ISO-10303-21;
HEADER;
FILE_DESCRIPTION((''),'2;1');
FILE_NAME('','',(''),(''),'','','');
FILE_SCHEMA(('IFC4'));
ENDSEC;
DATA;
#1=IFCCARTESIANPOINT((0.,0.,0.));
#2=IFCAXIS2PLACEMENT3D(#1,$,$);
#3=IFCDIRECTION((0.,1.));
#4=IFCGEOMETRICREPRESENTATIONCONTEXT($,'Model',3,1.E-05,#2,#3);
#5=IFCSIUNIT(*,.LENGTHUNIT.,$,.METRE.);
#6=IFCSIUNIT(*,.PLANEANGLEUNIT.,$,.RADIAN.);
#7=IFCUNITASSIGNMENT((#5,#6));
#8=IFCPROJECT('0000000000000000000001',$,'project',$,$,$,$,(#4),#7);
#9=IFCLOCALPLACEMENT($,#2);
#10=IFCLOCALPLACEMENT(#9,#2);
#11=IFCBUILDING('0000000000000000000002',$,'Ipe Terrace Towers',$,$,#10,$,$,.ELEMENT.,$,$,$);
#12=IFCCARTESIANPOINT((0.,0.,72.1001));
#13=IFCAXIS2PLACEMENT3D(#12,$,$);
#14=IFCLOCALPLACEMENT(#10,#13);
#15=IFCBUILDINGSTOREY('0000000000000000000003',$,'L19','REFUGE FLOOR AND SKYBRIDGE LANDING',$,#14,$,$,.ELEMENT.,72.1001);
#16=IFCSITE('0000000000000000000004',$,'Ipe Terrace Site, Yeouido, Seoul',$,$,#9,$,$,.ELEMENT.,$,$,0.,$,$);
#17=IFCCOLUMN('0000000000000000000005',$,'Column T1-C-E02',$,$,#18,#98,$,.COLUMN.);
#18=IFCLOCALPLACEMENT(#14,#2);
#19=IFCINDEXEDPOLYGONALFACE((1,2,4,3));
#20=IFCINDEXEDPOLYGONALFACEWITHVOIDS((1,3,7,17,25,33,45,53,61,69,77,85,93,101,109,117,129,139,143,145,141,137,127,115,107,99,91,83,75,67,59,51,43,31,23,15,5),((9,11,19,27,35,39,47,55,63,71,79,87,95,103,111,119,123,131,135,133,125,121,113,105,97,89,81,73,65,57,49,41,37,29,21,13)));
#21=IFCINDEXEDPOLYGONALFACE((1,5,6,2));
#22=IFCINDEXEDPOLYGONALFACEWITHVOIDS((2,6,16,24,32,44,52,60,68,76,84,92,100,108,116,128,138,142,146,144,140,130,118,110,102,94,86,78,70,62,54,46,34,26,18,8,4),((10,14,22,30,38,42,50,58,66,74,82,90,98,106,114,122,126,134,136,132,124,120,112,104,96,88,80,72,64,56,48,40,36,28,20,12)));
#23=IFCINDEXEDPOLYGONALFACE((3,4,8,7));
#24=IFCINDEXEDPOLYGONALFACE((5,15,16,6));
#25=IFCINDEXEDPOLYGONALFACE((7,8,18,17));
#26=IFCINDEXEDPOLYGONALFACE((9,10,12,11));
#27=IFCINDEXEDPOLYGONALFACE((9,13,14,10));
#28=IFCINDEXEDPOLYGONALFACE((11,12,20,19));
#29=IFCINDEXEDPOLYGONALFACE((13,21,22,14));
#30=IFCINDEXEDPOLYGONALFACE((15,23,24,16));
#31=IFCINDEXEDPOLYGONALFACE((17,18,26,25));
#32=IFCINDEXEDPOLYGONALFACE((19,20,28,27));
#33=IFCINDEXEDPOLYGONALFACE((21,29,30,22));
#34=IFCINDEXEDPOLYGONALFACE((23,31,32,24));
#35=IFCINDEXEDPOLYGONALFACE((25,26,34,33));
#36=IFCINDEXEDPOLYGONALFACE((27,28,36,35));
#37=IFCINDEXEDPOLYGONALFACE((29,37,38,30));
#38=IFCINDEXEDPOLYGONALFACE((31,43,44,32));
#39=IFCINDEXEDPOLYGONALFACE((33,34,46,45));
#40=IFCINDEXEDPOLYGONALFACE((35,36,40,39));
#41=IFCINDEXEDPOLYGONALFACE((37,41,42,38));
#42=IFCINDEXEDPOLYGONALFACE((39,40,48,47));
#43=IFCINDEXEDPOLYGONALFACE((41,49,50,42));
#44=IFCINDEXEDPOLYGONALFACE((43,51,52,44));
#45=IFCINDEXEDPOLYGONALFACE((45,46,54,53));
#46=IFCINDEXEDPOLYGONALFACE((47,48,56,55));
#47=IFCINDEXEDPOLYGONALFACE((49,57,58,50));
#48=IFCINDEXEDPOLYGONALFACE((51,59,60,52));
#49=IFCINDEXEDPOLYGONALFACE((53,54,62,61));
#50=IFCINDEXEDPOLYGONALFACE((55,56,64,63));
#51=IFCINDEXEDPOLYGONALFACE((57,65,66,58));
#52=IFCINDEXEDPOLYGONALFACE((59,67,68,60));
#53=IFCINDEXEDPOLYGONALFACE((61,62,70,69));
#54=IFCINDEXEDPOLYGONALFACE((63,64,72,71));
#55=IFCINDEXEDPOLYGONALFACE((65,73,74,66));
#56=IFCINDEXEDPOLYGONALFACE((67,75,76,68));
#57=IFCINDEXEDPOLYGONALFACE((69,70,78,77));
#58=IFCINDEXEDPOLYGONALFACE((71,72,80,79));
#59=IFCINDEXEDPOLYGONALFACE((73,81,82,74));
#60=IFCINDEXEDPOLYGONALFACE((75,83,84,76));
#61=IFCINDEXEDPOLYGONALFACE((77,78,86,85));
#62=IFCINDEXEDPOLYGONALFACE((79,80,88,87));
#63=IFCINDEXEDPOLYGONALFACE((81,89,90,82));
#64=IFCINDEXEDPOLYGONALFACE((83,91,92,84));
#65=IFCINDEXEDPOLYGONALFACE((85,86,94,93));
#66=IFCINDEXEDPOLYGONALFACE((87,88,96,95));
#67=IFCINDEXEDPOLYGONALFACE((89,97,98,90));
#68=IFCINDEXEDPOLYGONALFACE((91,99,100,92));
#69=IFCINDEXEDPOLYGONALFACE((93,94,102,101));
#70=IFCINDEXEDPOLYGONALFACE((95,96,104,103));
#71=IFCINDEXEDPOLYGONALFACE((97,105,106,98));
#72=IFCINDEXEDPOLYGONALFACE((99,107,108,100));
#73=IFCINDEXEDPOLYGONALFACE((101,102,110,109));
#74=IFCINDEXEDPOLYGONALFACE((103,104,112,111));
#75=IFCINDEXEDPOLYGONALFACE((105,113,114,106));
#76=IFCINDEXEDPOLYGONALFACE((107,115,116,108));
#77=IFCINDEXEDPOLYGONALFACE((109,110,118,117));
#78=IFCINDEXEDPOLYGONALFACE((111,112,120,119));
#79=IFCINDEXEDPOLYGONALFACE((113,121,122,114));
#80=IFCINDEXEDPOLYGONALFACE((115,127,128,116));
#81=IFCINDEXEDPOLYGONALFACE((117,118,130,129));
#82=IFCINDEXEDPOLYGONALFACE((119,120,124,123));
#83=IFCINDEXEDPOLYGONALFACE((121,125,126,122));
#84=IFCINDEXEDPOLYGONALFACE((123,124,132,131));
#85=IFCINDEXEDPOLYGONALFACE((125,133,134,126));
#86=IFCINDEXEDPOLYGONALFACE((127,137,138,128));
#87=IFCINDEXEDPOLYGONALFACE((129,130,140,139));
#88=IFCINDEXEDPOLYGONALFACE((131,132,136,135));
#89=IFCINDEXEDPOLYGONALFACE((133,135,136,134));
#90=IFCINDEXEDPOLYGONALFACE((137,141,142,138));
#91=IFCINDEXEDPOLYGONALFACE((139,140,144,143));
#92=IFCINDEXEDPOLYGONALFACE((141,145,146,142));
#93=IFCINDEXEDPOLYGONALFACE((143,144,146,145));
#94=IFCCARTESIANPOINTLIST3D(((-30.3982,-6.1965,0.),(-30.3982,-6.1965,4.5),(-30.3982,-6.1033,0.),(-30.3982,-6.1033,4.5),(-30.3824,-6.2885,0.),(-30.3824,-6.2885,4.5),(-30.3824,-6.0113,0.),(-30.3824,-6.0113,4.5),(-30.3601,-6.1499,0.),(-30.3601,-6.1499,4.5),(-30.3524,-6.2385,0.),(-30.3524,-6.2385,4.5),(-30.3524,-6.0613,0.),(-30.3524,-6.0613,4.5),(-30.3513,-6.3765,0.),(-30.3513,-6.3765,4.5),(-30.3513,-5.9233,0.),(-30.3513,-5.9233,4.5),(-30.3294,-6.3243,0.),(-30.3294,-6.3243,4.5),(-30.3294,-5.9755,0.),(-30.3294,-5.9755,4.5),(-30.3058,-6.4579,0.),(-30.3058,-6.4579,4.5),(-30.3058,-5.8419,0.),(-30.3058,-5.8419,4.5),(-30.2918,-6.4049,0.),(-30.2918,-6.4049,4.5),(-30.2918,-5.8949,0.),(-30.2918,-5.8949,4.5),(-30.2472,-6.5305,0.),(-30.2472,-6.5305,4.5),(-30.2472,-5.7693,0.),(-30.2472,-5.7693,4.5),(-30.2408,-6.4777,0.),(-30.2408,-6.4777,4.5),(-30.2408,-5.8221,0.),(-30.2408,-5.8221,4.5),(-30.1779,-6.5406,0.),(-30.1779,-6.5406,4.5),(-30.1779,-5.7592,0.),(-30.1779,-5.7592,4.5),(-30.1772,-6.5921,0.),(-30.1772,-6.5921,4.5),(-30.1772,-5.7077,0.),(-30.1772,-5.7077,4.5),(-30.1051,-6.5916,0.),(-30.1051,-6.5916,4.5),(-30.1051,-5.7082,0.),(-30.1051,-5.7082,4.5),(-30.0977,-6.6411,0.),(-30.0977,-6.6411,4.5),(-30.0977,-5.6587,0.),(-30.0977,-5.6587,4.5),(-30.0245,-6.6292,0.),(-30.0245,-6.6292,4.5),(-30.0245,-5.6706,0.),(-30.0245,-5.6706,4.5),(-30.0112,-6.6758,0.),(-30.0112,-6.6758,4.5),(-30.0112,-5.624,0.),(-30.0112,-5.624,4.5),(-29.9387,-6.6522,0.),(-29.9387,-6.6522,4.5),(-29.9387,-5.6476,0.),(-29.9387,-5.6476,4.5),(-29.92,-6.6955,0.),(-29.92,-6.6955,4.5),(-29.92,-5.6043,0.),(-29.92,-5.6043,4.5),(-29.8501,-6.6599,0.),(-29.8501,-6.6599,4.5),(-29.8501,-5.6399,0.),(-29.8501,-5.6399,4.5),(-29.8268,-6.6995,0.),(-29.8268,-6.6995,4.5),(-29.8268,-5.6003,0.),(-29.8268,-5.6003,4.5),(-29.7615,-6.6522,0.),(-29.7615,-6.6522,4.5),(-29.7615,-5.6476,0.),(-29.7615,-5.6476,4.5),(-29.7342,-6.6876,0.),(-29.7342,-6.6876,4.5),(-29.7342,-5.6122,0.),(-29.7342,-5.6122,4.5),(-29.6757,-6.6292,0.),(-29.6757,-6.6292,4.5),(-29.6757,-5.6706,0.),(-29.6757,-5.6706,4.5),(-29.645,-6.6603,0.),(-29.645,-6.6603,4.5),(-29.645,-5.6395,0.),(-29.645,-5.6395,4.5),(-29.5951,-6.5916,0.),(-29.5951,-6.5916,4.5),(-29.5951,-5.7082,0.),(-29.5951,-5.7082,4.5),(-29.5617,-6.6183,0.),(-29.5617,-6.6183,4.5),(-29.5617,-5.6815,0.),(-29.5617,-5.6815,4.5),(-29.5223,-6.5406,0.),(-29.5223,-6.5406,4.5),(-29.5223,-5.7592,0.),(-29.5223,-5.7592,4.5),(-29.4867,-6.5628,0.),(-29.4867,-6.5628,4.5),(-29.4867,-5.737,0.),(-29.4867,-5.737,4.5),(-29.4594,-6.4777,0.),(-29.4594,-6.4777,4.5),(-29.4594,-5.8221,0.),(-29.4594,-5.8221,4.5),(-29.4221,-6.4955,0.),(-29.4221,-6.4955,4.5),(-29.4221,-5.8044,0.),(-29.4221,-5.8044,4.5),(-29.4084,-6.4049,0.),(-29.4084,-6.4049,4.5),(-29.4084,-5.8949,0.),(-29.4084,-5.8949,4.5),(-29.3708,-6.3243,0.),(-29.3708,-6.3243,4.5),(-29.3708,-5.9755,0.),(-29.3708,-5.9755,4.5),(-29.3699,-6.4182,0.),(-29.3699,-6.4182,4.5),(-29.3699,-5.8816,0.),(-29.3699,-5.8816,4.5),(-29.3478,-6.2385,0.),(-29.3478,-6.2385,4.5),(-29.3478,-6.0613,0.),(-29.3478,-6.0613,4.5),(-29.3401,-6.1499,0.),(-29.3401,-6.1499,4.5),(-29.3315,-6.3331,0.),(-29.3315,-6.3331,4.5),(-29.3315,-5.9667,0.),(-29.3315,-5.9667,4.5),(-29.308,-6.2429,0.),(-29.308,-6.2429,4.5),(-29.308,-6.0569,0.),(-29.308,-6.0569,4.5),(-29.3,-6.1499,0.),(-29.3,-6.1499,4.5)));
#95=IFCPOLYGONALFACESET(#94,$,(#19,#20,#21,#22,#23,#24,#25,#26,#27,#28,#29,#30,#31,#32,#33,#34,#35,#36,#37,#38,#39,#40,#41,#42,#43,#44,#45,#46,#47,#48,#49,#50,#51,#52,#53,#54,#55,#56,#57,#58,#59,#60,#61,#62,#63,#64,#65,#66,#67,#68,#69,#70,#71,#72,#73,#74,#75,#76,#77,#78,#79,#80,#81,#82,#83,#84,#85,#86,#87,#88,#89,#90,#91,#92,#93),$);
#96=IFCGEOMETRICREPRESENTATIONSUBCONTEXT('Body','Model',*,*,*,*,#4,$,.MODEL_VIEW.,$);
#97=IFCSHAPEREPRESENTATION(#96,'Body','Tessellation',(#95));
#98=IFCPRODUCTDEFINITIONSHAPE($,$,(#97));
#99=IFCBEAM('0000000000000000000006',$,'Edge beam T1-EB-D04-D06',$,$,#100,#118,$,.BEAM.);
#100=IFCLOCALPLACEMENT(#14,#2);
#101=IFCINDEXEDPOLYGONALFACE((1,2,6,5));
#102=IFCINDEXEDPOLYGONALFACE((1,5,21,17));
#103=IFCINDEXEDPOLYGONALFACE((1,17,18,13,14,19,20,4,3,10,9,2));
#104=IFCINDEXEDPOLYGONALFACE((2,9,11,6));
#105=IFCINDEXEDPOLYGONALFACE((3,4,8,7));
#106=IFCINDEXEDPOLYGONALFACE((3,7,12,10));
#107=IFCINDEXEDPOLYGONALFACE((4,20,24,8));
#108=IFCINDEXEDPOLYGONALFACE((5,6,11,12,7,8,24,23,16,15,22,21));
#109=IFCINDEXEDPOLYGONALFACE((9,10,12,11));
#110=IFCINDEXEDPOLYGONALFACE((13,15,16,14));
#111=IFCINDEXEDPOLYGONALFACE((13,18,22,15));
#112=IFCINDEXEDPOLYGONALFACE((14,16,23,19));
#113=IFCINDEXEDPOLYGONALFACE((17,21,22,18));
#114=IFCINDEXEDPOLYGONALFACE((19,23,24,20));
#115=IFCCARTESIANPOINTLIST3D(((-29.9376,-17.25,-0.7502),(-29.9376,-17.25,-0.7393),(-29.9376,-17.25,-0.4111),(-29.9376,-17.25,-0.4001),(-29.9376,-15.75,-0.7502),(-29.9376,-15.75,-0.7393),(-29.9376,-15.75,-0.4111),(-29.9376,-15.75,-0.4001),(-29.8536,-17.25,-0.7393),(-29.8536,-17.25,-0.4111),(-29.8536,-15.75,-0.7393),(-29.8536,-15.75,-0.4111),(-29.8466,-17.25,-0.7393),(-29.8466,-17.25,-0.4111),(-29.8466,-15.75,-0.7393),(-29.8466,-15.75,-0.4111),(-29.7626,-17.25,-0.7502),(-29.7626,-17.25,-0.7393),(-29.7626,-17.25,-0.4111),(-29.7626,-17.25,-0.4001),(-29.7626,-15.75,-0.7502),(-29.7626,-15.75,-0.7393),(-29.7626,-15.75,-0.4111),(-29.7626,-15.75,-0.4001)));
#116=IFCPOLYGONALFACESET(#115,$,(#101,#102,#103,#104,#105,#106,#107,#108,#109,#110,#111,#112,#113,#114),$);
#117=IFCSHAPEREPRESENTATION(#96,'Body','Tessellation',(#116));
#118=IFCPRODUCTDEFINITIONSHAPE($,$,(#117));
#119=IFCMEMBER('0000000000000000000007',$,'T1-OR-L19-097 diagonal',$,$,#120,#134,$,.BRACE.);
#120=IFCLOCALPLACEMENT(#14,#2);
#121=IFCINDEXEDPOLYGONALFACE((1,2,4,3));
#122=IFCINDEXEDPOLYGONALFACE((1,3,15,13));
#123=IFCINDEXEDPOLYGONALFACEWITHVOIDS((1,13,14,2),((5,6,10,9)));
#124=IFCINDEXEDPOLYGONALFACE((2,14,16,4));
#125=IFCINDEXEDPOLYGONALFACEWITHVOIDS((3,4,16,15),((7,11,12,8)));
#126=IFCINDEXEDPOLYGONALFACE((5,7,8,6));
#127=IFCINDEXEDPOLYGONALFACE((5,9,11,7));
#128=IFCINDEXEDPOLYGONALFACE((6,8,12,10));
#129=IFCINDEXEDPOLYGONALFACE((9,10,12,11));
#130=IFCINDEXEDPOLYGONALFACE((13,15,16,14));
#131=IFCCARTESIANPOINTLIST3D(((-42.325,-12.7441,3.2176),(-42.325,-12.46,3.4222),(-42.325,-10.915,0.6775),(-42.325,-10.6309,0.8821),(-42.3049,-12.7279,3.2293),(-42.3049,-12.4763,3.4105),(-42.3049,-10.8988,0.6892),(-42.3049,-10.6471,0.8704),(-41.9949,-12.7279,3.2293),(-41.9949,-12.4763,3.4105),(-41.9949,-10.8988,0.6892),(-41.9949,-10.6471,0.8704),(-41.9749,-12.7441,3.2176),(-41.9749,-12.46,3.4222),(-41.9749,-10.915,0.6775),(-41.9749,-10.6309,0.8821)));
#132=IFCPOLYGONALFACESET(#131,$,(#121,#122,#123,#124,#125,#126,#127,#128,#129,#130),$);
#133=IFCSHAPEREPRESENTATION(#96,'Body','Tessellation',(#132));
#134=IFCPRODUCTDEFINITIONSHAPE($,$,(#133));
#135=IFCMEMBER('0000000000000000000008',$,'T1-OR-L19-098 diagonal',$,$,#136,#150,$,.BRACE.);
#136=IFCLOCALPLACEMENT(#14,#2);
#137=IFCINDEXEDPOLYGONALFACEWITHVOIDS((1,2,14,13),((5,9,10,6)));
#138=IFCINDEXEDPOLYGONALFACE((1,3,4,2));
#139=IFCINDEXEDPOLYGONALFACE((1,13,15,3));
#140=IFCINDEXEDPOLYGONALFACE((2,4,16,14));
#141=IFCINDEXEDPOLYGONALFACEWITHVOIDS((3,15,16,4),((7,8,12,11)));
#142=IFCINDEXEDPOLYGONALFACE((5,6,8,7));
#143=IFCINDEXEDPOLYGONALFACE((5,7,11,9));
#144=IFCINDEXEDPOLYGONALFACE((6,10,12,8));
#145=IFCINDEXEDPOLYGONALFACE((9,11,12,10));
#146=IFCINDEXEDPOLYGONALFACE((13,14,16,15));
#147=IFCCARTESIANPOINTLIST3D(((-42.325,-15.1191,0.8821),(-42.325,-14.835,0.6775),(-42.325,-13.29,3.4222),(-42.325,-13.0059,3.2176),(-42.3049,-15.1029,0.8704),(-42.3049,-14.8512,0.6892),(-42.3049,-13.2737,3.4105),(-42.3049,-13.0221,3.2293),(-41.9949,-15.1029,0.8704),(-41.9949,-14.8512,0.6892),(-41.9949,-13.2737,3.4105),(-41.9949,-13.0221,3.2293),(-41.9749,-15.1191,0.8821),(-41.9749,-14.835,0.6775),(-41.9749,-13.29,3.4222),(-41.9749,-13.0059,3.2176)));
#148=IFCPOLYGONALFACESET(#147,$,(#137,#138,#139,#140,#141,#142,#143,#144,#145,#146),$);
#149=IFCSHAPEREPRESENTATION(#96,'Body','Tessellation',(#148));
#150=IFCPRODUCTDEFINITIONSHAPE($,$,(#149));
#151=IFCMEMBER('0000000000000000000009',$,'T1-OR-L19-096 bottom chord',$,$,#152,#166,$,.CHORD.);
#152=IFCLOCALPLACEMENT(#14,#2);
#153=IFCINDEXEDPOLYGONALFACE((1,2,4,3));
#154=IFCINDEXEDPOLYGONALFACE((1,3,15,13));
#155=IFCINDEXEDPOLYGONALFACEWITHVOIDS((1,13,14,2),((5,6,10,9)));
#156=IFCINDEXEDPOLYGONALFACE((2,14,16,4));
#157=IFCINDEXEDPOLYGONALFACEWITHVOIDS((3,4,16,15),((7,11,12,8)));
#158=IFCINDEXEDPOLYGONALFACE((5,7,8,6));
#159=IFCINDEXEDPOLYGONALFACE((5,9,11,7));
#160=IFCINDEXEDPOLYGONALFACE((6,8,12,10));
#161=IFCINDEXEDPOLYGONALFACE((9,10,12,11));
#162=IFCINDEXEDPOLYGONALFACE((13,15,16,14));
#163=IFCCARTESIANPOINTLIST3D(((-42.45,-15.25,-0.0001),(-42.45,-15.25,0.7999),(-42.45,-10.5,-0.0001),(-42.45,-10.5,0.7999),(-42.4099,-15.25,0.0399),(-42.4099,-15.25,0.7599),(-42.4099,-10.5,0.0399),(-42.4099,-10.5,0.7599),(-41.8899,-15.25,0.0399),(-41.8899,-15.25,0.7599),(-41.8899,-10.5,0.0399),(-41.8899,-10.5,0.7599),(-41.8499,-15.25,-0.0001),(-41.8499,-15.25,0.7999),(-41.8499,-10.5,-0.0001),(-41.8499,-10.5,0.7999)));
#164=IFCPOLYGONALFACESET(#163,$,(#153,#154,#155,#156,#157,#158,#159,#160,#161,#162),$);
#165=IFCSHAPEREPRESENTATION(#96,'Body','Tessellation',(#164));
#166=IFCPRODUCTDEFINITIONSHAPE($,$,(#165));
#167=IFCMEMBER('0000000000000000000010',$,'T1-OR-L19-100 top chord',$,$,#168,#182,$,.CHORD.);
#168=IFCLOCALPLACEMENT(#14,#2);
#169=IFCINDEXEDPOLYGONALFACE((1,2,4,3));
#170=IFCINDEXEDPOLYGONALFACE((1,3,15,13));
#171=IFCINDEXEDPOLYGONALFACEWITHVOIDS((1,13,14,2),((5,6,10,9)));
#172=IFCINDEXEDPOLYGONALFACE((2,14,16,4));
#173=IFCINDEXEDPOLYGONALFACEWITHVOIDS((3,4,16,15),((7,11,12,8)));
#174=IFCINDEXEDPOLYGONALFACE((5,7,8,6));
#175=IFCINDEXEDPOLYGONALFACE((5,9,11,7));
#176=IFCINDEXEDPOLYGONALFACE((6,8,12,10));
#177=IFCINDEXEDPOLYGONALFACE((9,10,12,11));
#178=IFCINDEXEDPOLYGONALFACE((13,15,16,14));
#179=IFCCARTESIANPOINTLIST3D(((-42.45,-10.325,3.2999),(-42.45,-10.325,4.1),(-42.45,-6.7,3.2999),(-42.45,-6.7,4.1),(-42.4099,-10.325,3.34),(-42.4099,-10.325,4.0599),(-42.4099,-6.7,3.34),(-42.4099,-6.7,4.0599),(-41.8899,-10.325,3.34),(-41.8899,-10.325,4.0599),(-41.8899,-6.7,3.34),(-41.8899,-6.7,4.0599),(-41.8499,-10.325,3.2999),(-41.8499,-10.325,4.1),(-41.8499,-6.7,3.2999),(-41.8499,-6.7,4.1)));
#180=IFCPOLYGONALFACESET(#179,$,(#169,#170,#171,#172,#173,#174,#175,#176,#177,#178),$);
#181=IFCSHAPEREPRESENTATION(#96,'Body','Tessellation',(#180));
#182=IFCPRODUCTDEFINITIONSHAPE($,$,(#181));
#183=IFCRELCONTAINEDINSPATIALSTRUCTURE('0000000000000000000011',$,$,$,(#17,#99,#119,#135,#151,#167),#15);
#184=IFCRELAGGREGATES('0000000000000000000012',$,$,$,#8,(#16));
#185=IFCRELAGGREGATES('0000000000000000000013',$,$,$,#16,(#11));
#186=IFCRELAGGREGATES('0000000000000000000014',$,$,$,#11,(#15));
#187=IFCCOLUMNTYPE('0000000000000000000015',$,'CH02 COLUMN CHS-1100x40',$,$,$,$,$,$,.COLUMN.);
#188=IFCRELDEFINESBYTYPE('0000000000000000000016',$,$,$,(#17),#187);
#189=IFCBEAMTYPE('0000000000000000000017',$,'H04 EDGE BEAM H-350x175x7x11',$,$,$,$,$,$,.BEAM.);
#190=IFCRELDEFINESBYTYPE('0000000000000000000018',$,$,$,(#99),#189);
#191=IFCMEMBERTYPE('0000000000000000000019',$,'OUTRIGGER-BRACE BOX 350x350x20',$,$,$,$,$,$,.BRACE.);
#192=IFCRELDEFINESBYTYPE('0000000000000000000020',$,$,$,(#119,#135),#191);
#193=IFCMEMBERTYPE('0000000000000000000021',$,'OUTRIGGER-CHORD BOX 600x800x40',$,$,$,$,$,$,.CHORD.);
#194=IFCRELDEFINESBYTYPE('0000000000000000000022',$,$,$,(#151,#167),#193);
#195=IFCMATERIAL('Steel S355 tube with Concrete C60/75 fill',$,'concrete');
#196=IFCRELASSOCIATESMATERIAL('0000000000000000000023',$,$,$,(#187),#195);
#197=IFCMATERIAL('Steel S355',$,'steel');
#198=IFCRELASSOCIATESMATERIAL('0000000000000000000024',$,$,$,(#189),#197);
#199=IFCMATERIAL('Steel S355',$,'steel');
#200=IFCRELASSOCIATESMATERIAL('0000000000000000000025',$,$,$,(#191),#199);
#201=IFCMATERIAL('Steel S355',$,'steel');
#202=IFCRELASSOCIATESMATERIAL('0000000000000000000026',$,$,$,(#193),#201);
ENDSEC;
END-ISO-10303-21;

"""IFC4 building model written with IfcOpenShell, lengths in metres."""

from ifc_helpers import new_model, si_unit, direction, frame, origin, origin_2d, place, context, subcontext, project, spatial, hollow_rectangle, hollow_circle, i_section, extrude, material, material_profile, profile_set, type_object, element, save


model = new_model("IFC4")

# Units and contexts
model_context = context("Model", 3, precision=1e-05, world=origin(), true_north=direction((0.0, 1.0)))
body_context = subcontext(model_context, "Body", "Model", "MODEL_VIEW")
ifc_project = project(units=[si_unit("LENGTHUNIT", "METRE"), si_unit("PLANEANGLEUNIT", "RADIAN")], contexts=[model_context])

# Site, building, storey
site_placement = place(None, origin())
site = spatial("IfcSite", under=ifc_project, at=site_placement, Name="Ipe Terrace Site, Yeouido, Seoul", CompositionType="ELEMENT", RefElevation=0.0)
building_placement = place(site_placement, origin())
building = spatial("IfcBuilding", under=site, at=building_placement, Name="Ipe Terrace Towers", CompositionType="ELEMENT")
storey_placement = place(building_placement, frame((0.0, 0.0, 72.1001)))
storey = spatial("IfcBuildingStorey", under=building, at=storey_placement, Name="L19", Description="REFUGE FLOOR AND SKYBRIDGE LANDING", CompositionType="ELEMENT", Elevation=72.1001)

# Column
ifc_material_1 = material(Name="Steel S355 tube with Concrete C60/75 fill", Category="concrete")
ifc_material_profile_1 = material_profile(ifc_material_1, hollow_circle(Radius=0.55, WallThickness=0.04, at=origin_2d()), Name="CHS-1100x40")
ifc_profile_set_1 = profile_set([ifc_material_profile_1], Name="Steel S355 tube with Concrete C60/75 fill")
column_type_1 = type_object("IfcColumnType", Name="CH02 COLUMN CHS-1100x40", PredefinedType="COLUMN", material=ifc_profile_set_1)
for number, where, z_axis, x_axis, name in (
    (1, (-29.8501, -6.1499, 0.0), (0.0, 0.0, 1.0), (1.0, 0.0, 0.0), "Column T1-C-E02"),
):
    element("IfcColumn", number, at=place(storey_placement, frame(where, z_axis=z_axis, x_axis=x_axis)), inside=storey, type_object=column_type_1, Name=name, PredefinedType="COLUMN", context=body_context, shape_type="SweptSolid", body=[
        extrude(hollow_circle(Radius=0.55, WallThickness=0.04, at=origin_2d()), origin(), (0.0, 0.0, 1.0), 4.5),
    ])

# Beam
ifc_material_2 = material(Name="Steel S355", Category="steel")
ifc_material_profile_2 = material_profile(ifc_material_2, i_section(OverallWidth=0.175, OverallDepth=0.3501, WebThickness=0.0071, FlangeThickness=0.011, at=origin_2d()), Name="H-350x175x7x11")
ifc_profile_set_2 = profile_set([ifc_material_profile_2], Name="Steel S355")
beam_type = type_object("IfcBeamType", Name="H04 EDGE BEAM H-350x175x7x11", PredefinedType="BEAM", material=ifc_profile_set_2)
beam_placement = place(storey_placement, frame((-29.8501, -15.75, -0.5752), z_axis=(0.0, -1.0, 0.0), x_axis=(1.0, 0.0, 0.0)))
element("IfcBeam", 2, at=beam_placement, inside=storey, type_object=beam_type, Name="Edge beam T1-EB-D04-D06", PredefinedType="BEAM", context=body_context, shape_type="SweptSolid", body=[
    extrude(i_section(OverallWidth=0.175, OverallDepth=0.3501, WebThickness=0.0071, FlangeThickness=0.011, at=origin_2d()), origin(), (0.0, 0.0, 1.0), 1.5),
])

# Members
ifc_material_3 = material(Name="Steel S355", Category="steel")
ifc_material_profile_3 = material_profile(ifc_material_3, hollow_rectangle(XDim=0.3501, YDim=0.3501, WallThickness=0.02, at=origin_2d()), Name="OUTRIGGER-BRACE BOX 350x350x20")
ifc_profile_set_3 = profile_set([ifc_material_profile_3], Name="Steel S355")
member_type_1 = type_object("IfcMemberType", Name="OUTRIGGER-BRACE BOX 350x350x20", PredefinedType="BRACE", material=ifc_profile_set_3)
for number, where, z_axis, x_axis, name in (
    (3, (-42.1499, -10.7729, 0.7798), (0.0, -0.584362, 0.811493), (1.0, 0.0, 0.0), "T1-OR-L19-097 diagonal"),
    (4, (-42.1499, -14.9771, 0.7798), (0.0, 0.584362, 0.811493), (-1.0, 0.0, 0.0), "T1-OR-L19-098 diagonal"),
):
    element("IfcMember", number, at=place(storey_placement, frame(where, z_axis=z_axis, x_axis=x_axis)), inside=storey, type_object=member_type_1, Name=name, PredefinedType="BRACE", context=body_context, shape_type="SweptSolid", body=[
        extrude(hollow_rectangle(XDim=0.3501, YDim=0.3501, WallThickness=0.02, at=origin_2d()), origin(), (0.0, 0.0, 1.0), 3.1301),
    ])
ifc_material_4 = material(Name="Steel S355", Category="steel")
ifc_material_profile_4 = material_profile(ifc_material_4, hollow_rectangle(XDim=0.6001, YDim=0.8, WallThickness=0.04, at=origin_2d()), Name="OUTRIGGER-CHORD BOX 600x800x40")
ifc_profile_set_4 = profile_set([ifc_material_profile_4], Name="Steel S355")
member_type_2 = type_object("IfcMemberType", Name="OUTRIGGER-CHORD BOX 600x800x40", PredefinedType="CHORD", material=ifc_profile_set_4)
member_1_placement = place(storey_placement, frame((-42.1499, -10.5, 0.3999), z_axis=(0.0, -1.0, 0.0), x_axis=(1.0, 0.0, 0.0)))
element("IfcMember", 5, at=member_1_placement, inside=storey, type_object=member_type_2, Name="T1-OR-L19-096 bottom chord", PredefinedType="CHORD", context=body_context, shape_type="SweptSolid", body=[
    extrude(hollow_rectangle(XDim=0.6001, YDim=0.8, WallThickness=0.04, at=origin_2d()), origin(), (0.0, 0.0, 1.0), 4.75),
])
member_2_placement = place(storey_placement, frame((-42.1499, -6.7, 3.7), z_axis=(0.0, -1.0, 0.0), x_axis=(1.0, 0.0, 0.0)))
element("IfcMember", 6, at=member_2_placement, inside=storey, type_object=member_type_2, Name="T1-OR-L19-100 top chord", PredefinedType="CHORD", context=body_context, shape_type="SweptSolid", body=[
    extrude(hollow_rectangle(XDim=0.6001, YDim=0.8, WallThickness=0.04, at=origin_2d()), origin(), (0.0, 0.0, 1.0), 3.625),
])

save(model, "model.ifc")
